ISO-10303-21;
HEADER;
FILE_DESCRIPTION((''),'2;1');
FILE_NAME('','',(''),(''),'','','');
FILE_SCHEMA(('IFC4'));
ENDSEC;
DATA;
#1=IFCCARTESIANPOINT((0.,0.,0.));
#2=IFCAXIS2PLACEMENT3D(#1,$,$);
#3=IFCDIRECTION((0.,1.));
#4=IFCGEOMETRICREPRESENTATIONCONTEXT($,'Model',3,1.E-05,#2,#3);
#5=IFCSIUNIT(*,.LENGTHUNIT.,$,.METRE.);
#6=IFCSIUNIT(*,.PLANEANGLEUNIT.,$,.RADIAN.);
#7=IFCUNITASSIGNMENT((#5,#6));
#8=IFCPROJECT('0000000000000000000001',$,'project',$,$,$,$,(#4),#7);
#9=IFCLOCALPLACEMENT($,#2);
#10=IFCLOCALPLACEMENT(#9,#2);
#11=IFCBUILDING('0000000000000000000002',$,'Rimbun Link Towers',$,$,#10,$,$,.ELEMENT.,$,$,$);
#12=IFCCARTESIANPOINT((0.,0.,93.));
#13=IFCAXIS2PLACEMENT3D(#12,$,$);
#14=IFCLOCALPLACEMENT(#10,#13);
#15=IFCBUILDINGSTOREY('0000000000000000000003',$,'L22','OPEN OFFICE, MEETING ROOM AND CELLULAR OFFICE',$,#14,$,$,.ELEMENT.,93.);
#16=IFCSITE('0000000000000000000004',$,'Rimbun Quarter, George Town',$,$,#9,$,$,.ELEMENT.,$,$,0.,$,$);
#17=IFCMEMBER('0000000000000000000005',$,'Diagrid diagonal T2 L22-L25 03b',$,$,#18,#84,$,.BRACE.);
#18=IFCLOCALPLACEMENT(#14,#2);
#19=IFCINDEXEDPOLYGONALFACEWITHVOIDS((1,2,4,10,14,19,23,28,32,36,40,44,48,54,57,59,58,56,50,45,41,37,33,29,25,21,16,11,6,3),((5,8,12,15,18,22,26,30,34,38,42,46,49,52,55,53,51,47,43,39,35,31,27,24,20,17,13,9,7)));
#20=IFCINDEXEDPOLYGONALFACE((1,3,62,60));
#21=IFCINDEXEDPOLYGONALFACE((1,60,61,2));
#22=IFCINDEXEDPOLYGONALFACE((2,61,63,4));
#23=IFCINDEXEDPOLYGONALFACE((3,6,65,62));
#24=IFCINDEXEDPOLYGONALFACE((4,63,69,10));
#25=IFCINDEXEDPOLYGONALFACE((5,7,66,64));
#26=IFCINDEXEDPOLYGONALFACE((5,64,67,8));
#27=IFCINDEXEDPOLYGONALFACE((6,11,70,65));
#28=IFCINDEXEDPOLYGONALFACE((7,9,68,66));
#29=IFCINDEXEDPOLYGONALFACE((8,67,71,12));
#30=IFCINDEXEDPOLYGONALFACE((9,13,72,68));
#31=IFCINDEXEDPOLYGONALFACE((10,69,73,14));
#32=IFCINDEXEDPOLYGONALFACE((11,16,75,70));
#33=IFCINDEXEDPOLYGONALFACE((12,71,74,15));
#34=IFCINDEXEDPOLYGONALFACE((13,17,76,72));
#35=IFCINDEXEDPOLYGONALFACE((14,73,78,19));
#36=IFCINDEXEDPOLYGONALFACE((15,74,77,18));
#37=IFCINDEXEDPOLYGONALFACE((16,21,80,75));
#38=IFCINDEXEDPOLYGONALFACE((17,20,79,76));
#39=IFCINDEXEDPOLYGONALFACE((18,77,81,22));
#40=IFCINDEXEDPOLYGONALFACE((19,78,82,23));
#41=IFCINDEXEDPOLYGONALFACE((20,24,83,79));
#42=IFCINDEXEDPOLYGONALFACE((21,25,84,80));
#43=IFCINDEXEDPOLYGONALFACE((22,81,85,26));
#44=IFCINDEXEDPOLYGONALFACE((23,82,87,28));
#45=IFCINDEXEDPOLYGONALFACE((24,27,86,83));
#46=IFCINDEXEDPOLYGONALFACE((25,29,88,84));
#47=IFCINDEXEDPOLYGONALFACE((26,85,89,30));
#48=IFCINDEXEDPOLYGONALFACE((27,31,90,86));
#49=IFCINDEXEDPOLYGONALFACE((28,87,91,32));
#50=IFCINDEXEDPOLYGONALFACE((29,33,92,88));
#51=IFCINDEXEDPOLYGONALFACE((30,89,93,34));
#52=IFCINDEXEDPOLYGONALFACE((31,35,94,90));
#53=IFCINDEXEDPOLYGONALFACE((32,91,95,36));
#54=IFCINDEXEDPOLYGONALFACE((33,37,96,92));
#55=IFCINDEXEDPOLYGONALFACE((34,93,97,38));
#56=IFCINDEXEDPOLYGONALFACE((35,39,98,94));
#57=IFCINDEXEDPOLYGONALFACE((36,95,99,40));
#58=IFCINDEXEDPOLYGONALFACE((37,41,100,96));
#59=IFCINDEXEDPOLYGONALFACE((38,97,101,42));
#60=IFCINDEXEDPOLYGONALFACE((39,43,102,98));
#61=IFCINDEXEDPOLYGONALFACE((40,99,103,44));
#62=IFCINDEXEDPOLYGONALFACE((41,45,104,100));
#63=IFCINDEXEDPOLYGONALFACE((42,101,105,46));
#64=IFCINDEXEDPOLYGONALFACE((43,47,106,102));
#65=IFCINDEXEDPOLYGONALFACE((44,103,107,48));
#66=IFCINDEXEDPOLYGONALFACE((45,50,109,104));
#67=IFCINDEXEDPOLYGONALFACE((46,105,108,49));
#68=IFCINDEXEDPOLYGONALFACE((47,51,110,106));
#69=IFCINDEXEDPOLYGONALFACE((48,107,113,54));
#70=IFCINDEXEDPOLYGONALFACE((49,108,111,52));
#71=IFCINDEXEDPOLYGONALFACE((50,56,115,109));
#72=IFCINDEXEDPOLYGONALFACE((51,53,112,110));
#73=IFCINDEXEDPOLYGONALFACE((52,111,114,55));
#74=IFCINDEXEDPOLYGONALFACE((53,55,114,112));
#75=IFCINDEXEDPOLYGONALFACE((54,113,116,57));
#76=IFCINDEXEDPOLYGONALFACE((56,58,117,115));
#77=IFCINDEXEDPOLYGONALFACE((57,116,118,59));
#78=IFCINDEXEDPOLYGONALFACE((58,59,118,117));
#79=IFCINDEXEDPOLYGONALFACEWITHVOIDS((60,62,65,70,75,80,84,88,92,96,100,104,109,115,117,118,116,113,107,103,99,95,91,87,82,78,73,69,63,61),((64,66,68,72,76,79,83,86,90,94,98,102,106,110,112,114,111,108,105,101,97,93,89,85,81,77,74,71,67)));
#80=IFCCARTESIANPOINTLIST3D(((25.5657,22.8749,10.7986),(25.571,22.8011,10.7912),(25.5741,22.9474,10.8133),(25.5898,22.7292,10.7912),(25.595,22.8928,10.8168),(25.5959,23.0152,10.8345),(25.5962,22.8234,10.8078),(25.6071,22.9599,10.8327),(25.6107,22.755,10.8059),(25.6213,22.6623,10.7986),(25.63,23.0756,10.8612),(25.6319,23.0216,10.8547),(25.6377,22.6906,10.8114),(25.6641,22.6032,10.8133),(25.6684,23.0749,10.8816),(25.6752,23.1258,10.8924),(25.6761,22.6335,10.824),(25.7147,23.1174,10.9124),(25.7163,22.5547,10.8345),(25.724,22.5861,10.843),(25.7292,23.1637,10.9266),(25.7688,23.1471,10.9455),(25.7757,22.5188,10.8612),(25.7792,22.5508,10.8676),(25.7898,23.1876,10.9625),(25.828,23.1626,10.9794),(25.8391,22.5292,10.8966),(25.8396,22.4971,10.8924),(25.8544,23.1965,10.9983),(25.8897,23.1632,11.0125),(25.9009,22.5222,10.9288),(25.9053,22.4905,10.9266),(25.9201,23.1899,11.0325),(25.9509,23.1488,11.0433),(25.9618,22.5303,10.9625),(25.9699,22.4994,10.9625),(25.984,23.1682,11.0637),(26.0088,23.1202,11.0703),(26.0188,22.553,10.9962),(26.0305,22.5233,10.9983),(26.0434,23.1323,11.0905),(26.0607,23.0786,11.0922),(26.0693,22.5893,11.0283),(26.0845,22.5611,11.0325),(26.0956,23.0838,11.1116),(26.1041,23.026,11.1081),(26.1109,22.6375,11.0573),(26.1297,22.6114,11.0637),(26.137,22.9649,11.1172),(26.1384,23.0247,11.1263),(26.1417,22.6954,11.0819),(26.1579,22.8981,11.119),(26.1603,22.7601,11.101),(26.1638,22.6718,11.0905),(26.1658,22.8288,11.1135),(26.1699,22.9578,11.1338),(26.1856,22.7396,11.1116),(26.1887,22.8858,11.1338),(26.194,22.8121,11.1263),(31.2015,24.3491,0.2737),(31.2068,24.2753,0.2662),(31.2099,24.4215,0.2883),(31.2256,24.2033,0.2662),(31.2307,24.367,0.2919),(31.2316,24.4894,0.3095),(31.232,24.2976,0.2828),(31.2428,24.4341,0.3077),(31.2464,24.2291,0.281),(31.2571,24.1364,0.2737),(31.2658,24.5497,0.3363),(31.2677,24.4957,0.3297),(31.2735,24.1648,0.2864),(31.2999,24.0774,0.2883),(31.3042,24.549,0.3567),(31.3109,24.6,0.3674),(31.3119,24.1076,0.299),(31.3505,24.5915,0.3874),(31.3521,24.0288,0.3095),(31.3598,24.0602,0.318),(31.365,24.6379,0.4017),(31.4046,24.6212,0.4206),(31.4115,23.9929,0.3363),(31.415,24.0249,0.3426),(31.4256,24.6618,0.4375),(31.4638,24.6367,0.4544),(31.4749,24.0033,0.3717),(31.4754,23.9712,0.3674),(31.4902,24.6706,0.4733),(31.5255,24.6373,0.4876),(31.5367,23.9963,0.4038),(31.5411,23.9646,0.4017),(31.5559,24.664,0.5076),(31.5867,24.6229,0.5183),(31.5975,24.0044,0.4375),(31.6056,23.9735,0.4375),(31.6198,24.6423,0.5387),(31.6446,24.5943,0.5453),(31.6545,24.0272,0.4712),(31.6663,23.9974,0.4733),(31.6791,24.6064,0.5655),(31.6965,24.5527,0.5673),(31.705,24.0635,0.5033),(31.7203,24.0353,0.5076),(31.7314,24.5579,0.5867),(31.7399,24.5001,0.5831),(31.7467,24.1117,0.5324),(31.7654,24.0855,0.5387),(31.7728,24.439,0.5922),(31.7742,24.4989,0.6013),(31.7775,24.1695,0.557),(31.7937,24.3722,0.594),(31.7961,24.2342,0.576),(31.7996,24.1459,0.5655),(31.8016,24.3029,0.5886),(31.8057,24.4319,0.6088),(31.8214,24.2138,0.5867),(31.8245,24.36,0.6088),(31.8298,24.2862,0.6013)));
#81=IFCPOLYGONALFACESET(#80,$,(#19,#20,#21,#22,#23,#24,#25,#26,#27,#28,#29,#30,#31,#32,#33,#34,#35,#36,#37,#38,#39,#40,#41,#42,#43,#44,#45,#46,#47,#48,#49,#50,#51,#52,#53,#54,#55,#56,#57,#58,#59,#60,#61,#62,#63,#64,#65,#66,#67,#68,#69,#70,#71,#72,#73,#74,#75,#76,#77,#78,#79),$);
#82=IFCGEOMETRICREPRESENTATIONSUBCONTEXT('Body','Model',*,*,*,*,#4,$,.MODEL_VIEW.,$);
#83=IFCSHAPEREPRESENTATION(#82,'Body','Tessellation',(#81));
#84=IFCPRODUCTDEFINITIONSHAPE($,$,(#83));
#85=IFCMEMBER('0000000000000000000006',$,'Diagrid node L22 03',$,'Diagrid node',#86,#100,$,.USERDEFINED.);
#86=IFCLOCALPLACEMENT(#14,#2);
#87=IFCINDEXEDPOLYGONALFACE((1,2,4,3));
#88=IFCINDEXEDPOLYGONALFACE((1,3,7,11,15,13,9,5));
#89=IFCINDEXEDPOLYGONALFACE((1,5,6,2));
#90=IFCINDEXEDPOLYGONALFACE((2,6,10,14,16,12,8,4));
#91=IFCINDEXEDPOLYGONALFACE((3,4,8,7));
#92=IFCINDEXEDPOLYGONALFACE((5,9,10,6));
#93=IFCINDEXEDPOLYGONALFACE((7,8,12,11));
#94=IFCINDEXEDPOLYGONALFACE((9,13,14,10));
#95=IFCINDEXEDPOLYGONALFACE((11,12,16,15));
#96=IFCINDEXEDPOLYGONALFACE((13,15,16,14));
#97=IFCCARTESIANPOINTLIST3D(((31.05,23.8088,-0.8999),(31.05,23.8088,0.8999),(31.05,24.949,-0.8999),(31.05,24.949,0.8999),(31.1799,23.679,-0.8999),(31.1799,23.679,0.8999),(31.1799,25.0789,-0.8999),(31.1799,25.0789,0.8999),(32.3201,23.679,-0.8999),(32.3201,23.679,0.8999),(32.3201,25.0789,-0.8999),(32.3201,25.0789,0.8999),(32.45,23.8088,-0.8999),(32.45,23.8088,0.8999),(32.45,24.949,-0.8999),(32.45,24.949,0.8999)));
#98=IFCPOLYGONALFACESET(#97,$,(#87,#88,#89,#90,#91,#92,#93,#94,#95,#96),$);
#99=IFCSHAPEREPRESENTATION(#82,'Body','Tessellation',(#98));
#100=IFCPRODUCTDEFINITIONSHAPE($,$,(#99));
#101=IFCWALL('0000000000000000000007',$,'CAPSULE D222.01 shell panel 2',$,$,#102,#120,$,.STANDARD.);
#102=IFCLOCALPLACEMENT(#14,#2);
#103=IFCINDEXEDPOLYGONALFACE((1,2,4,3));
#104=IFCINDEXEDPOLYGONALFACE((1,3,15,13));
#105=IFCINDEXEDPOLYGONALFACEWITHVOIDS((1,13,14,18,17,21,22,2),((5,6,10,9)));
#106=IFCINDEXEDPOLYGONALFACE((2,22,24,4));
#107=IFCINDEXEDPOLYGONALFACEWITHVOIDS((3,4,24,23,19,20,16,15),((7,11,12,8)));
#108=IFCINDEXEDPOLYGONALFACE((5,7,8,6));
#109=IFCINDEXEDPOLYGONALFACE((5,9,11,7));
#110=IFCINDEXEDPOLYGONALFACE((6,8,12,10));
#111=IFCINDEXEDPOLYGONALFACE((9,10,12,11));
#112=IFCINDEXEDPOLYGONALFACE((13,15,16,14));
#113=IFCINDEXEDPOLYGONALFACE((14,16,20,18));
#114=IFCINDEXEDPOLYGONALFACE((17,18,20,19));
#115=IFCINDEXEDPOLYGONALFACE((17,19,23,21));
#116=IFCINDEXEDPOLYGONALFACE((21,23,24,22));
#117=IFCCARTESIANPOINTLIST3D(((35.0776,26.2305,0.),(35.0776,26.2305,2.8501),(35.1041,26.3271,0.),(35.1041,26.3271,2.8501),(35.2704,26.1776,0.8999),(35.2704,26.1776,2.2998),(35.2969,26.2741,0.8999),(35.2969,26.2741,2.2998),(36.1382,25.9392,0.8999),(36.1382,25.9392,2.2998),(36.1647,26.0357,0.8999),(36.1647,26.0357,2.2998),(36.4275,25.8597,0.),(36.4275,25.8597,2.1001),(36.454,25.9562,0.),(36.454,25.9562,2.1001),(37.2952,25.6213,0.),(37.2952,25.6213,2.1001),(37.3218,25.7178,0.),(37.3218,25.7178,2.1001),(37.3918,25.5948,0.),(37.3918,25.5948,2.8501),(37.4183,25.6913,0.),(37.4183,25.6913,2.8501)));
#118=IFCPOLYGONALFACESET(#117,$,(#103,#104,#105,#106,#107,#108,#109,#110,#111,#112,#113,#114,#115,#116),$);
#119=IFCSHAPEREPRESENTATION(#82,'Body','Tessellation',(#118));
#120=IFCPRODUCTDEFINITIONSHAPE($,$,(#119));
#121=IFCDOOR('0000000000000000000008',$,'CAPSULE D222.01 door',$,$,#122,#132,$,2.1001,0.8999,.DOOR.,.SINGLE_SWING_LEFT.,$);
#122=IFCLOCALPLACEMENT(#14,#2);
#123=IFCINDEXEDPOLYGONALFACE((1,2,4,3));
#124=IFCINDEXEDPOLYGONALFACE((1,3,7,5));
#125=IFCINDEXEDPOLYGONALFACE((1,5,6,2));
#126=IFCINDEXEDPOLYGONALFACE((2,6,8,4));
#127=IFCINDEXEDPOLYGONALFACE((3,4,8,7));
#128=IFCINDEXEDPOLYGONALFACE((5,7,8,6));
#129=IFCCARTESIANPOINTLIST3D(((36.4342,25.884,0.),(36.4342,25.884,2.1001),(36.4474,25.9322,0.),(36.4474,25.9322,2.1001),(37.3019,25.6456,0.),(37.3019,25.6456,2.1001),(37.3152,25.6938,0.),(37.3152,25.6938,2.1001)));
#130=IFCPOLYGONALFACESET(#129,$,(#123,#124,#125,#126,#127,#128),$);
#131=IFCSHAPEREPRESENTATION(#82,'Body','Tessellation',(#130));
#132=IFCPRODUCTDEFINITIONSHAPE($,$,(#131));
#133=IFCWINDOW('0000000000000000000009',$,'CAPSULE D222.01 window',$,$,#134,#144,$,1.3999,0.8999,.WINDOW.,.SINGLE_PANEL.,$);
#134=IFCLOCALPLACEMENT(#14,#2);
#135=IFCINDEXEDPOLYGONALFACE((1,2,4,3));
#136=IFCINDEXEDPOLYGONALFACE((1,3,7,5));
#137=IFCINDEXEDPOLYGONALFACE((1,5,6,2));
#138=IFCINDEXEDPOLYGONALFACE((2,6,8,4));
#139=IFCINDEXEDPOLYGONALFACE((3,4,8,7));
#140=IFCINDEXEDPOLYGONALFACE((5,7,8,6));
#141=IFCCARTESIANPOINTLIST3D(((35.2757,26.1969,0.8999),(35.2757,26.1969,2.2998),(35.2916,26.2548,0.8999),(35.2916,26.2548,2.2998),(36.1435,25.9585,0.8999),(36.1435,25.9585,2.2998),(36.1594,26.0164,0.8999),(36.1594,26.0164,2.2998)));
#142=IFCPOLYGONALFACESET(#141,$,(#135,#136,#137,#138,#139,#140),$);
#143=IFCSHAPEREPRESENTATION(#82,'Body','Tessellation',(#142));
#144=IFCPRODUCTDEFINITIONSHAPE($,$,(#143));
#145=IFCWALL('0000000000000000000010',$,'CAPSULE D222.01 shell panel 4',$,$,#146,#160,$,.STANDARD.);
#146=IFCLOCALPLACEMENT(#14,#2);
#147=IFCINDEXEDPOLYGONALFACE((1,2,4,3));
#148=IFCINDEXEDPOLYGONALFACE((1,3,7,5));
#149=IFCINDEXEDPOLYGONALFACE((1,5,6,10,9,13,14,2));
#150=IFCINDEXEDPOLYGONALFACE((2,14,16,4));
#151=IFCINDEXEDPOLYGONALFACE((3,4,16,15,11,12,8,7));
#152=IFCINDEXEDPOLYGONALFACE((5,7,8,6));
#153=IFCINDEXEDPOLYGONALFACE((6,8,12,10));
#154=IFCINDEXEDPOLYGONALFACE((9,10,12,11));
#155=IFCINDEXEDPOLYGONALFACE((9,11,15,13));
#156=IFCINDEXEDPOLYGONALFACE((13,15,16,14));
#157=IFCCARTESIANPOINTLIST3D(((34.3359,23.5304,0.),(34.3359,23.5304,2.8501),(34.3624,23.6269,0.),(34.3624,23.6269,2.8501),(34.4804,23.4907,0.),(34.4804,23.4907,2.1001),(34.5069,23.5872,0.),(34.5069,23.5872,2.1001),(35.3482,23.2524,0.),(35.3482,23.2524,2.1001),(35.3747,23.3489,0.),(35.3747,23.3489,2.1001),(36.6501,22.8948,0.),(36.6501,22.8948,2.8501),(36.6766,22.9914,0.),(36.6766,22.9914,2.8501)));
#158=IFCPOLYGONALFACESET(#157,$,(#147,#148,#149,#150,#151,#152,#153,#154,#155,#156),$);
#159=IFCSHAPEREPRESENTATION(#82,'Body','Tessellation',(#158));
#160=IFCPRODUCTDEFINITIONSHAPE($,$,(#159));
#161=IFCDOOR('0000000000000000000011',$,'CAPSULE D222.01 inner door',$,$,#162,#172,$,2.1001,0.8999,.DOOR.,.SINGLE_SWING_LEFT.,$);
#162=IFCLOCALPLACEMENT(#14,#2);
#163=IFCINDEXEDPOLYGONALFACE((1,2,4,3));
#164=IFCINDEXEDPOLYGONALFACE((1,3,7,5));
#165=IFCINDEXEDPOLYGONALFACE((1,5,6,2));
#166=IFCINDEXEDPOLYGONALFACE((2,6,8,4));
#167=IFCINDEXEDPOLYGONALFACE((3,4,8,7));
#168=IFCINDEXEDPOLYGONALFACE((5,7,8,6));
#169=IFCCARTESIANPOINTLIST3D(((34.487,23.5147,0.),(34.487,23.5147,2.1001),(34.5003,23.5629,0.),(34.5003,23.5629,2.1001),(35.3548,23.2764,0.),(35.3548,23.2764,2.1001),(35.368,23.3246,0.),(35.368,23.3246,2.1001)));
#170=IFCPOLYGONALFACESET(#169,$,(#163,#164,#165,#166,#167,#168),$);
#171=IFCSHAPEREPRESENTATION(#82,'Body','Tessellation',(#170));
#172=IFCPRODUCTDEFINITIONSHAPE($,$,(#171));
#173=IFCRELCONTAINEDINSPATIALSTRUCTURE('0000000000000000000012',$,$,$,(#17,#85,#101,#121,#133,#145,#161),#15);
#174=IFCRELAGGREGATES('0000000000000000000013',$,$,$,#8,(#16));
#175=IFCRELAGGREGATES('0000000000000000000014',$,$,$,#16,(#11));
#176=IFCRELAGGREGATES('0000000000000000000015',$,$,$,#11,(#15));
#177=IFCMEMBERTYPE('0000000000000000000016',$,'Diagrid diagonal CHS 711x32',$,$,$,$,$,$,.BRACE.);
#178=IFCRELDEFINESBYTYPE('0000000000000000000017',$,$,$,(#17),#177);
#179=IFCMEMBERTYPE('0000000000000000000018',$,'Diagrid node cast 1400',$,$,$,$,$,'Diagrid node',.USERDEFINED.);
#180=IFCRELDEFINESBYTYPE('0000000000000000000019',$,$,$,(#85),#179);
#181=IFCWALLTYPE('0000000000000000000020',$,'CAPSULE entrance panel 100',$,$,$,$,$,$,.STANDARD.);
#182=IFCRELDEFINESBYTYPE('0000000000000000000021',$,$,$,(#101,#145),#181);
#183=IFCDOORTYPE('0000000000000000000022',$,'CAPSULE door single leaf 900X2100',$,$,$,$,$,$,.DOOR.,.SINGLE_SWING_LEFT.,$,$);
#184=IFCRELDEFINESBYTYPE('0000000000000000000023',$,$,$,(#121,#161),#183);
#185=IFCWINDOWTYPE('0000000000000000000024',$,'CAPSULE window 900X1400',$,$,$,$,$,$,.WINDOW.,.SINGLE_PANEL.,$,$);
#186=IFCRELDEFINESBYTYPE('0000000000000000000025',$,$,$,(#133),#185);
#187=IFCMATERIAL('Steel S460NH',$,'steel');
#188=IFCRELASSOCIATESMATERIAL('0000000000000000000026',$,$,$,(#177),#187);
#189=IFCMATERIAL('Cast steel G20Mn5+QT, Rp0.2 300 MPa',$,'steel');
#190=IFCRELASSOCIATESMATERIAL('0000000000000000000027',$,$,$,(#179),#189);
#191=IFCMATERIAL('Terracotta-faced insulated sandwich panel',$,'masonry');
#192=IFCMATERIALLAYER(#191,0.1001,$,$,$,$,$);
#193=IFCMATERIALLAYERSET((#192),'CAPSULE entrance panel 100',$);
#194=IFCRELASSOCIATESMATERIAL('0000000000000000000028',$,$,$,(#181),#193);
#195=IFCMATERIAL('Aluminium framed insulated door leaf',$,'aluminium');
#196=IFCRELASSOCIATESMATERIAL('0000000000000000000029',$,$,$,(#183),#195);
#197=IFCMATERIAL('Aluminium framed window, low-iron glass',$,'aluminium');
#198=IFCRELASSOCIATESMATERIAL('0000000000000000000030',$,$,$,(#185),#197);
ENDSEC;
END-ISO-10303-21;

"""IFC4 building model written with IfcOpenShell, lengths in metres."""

from ifc_helpers import new_model, si_unit, direction, frame, frame_2d, origin, origin_2d, place, context, subcontext, project, spatial, polyline, rectangle, hollow_circle, outline, extrude, material, layer, layer_set, material_profile, profile_set, type_object, element, fill, save


model = new_model("IFC4")

# Units and contexts
model_context = context("Model", 3, precision=1e-05, world=origin(), true_north=direction((0.0, 1.0)))
body_context = subcontext(model_context, "Body", "Model", "MODEL_VIEW")
ifc_project = project(units=[si_unit("LENGTHUNIT", "METRE"), si_unit("PLANEANGLEUNIT", "RADIAN")], contexts=[model_context])

# Site, building, storey
site_placement = place(None, origin())
site = spatial("IfcSite", under=ifc_project, at=site_placement, Name="Rimbun Quarter, George Town", CompositionType="ELEMENT", RefElevation=0.0)
building_placement = place(site_placement, origin())
building = spatial("IfcBuilding", under=site, at=building_placement, Name="Rimbun Link Towers", CompositionType="ELEMENT")
storey_placement = place(building_placement, frame((0.0, 0.0, 93.0)))
storey = spatial("IfcBuildingStorey", under=building, at=storey_placement, Name="L22", Description="OPEN OFFICE, MEETING ROOM AND CELLULAR OFFICE", CompositionType="ELEMENT", Elevation=93.0)

# Members
ifc_material_1 = material(Name="Steel S460NH", Category="steel")
ifc_material_profile_1 = material_profile(ifc_material_1, hollow_circle(Radius=0.3557, WallThickness=0.032, at=origin_2d()), Name="Diagrid diagonal CHS 711x32")
ifc_profile_set_1 = profile_set([ifc_material_profile_1], Name="Steel S460NH")
member_type_1 = type_object("IfcMemberType", Name="Diagrid diagonal CHS 711x32", PredefinedType="BRACE", material=ifc_profile_set_1)
member_1_placement = place(storey_placement, frame((31.5156, 24.3176, 0.4375), z_axis=(-0.468495, -0.122542, 0.874926), x_axis=(0.253053, -0.967452, 0.0)))
element("IfcMember", 1, at=member_1_placement, inside=storey, type_object=member_type_1, Name="Diagrid diagonal T2 L22-L25 03b", PredefinedType="BRACE", context=body_context, shape_type="SweptSolid", body=[
    extrude(hollow_circle(Radius=0.3557, WallThickness=0.032, at=origin_2d()), origin(), (0.0, 0.0, 1.0), 12.0295),
])
ifc_material_2 = material(Name="Cast steel G20Mn5+QT, Rp0.2 300 MPa", Category="steel")
ifc_material_profile_2 = material_profile(ifc_material_2, outline(polyline([(0.7, -0.5701), (0.7, 0.5701), (0.5701, 0.7), (-0.5701, 0.7), (-0.7, 0.5701), (-0.7, -0.5701), (-0.5701, -0.7), (0.5701, -0.7), (0.7, -0.5701)])), Name="NODE 1400x1400")
ifc_profile_set_2 = profile_set([ifc_material_profile_2], Name="Cast steel G20Mn5+QT, Rp0.2 300 MPa")
member_type_2 = type_object("IfcMemberType", Name="Diagrid node cast 1400", ElementType="Diagrid node", PredefinedType="USERDEFINED", material=ifc_profile_set_2)
member_2_placement = place(storey_placement, frame((31.75, 24.3789, -0.8999), z_axis=(0.0, 0.0, 1.0), x_axis=(0.0, 1.0, 0.0)))
element("IfcMember", 2, at=member_2_placement, inside=storey, type_object=member_type_2, Name="Diagrid node L22 03", ObjectType="Diagrid node", PredefinedType="USERDEFINED", context=body_context, shape_type="SweptSolid", body=[
    extrude(outline(polyline([(0.7, -0.5701), (0.7, 0.5701), (0.5701, 0.7), (-0.5701, 0.7), (-0.7, 0.5701), (-0.7, -0.5701), (-0.5701, -0.7), (0.5701, -0.7), (0.7, -0.5701)])), origin(), (0.0, 0.0, 1.0), 1.7998),
])

# Wall, openings, door, window
ifc_material_3 = material(Name="Terracotta-faced insulated sandwich panel", Category="masonry")
ifc_layer_1 = layer(ifc_material_3, 0.1001)
ifc_layer_set_1 = layer_set([ifc_layer_1], Name="CAPSULE entrance panel 100")
wall_type_1 = type_object("IfcWallType", Name="CAPSULE entrance panel 100", PredefinedType="STANDARD", material=ifc_layer_set_1)
wall_1_placement = place(storey_placement, frame((37.405, 25.6431, 0.0), z_axis=(0.0, 0.0, 1.0), x_axis=(-0.964276, 0.264899, 0.0)))
wall_1 = element("IfcWall", 3, at=wall_1_placement, inside=storey, type_object=wall_type_1, Name="CAPSULE D222.01 shell panel 2", PredefinedType="STANDARD", context=body_context, shape_type="SweptSolid", body=[
    extrude(rectangle(XDim=2.3999, YDim=0.1001, at=frame_2d((1.2, 0.0))), origin(), (0.0, 0.0, 1.0), 2.8501),
])
opening_1_placement = place(wall_1_placement, frame((0.1001, 0.0, 0.0)))
opening_1 = element("IfcOpeningElement", 4, at=opening_1_placement, cuts=wall_1, PredefinedType="OPENING", context=body_context, shape_type="SweptSolid", body=[
    extrude(rectangle(XDim=0.8999, YDim=2.1001, at=frame_2d((0.45, 1.05))), frame((0.0, 0.0601, 0.0), z_axis=(0.0, -1.0, 0.0), x_axis=(1.0, 0.0, 0.0)), (0.0, 0.0, 1.0), 0.1201),
])
opening_2_placement = place(wall_1_placement, frame((1.3, 0.0, 0.8999)))
opening_2 = element("IfcOpeningElement", 5, at=opening_2_placement, cuts=wall_1, PredefinedType="OPENING", context=body_context, shape_type="SweptSolid", body=[
    extrude(rectangle(XDim=0.8999, YDim=1.3999, at=frame_2d((0.45, 0.7))), frame((0.0, 0.0601, 0.0), z_axis=(0.0, -1.0, 0.0), x_axis=(1.0, 0.0, 0.0)), (0.0, 0.0, 1.0), 0.1201),
])
ifc_material_4 = material(Name="Aluminium framed insulated door leaf", Category="aluminium")
door_type = type_object("IfcDoorType", Name="CAPSULE door single leaf 900X2100", OperationType="SINGLE_SWING_LEFT", PredefinedType="DOOR", material=ifc_material_4)
door_1_placement = place(opening_1_placement, origin())
door_1 = element("IfcDoor", 6, at=door_1_placement, inside=storey, type_object=door_type, Name="CAPSULE D222.01 door", OperationType="SINGLE_SWING_LEFT", OverallHeight=2.1001, OverallWidth=0.8999, PredefinedType="DOOR", context=body_context, shape_type="SweptSolid", body=[
    extrude(rectangle(XDim=0.8999, YDim=2.1001, at=frame_2d((0.45, 1.05))), frame((0.0, 0.0249, 0.0), z_axis=(0.0, -1.0, 0.0), x_axis=(1.0, 0.0, 0.0)), (0.0, 0.0, 1.0), 0.05),
])
fill(opening_1, door_1)
ifc_material_5 = material(Name="Aluminium framed window, low-iron glass", Category="aluminium")
window_type = type_object("IfcWindowType", Name="CAPSULE window 900X1400", PartitioningType="SINGLE_PANEL", PredefinedType="WINDOW", material=ifc_material_5)
window_placement = place(opening_2_placement, origin())
window = element("IfcWindow", 7, at=window_placement, inside=storey, type_object=window_type, Name="CAPSULE D222.01 window", OverallHeight=1.3999, OverallWidth=0.8999, PartitioningType="SINGLE_PANEL", PredefinedType="WINDOW", context=body_context, shape_type="SweptSolid", body=[
    extrude(rectangle(XDim=0.8999, YDim=1.3999, at=frame_2d((0.45, 0.7))), frame((0.0, 0.03, 0.0), z_axis=(0.0, -1.0, 0.0), x_axis=(1.0, 0.0, 0.0)), (0.0, 0.0, 1.0), 0.0601),
])
fill(opening_2, window)

# Wall, opening, door
wall_2_placement = place(storey_placement, frame((34.3491, 23.5786, 0.0), z_axis=(0.0, 0.0, 1.0), x_axis=(0.964302, -0.264804, 0.0)))
wall_2 = element("IfcWall", 8, at=wall_2_placement, inside=storey, type_object=wall_type_1, Name="CAPSULE D222.01 shell panel 4", PredefinedType="STANDARD", context=body_context, shape_type="SweptSolid", body=[
    extrude(rectangle(XDim=2.3999, YDim=0.1001, at=frame_2d((1.2, 0.0))), origin(), (0.0, 0.0, 1.0), 2.8501),
])
opening_3_placement = place(wall_2_placement, frame((0.1499, 0.0, 0.0)))
opening_3 = element("IfcOpeningElement", 9, at=opening_3_placement, cuts=wall_2, PredefinedType="OPENING", context=body_context, shape_type="SweptSolid", body=[
    extrude(rectangle(XDim=0.8999, YDim=2.1001, at=frame_2d((0.45, 1.05))), frame((0.0, 0.0601, 0.0), z_axis=(0.0, -1.0, 0.0), x_axis=(1.0, 0.0, 0.0)), (0.0, 0.0, 1.0), 0.1201),
])
door_2_placement = place(opening_3_placement, origin())
door_2 = element("IfcDoor", 10, at=door_2_placement, inside=storey, type_object=door_type, Name="CAPSULE D222.01 inner door", OperationType="SINGLE_SWING_LEFT", OverallHeight=2.1001, OverallWidth=0.8999, PredefinedType="DOOR", context=body_context, shape_type="SweptSolid", body=[
    extrude(rectangle(XDim=0.8999, YDim=2.1001, at=frame_2d((0.45, 1.05))), frame((0.0, 0.0249, 0.0), z_axis=(0.0, -1.0, 0.0), x_axis=(1.0, 0.0, 0.0)), (0.0, 0.0, 1.0), 0.05),
])
fill(opening_3, door_2)

save(model, "model.ifc")
